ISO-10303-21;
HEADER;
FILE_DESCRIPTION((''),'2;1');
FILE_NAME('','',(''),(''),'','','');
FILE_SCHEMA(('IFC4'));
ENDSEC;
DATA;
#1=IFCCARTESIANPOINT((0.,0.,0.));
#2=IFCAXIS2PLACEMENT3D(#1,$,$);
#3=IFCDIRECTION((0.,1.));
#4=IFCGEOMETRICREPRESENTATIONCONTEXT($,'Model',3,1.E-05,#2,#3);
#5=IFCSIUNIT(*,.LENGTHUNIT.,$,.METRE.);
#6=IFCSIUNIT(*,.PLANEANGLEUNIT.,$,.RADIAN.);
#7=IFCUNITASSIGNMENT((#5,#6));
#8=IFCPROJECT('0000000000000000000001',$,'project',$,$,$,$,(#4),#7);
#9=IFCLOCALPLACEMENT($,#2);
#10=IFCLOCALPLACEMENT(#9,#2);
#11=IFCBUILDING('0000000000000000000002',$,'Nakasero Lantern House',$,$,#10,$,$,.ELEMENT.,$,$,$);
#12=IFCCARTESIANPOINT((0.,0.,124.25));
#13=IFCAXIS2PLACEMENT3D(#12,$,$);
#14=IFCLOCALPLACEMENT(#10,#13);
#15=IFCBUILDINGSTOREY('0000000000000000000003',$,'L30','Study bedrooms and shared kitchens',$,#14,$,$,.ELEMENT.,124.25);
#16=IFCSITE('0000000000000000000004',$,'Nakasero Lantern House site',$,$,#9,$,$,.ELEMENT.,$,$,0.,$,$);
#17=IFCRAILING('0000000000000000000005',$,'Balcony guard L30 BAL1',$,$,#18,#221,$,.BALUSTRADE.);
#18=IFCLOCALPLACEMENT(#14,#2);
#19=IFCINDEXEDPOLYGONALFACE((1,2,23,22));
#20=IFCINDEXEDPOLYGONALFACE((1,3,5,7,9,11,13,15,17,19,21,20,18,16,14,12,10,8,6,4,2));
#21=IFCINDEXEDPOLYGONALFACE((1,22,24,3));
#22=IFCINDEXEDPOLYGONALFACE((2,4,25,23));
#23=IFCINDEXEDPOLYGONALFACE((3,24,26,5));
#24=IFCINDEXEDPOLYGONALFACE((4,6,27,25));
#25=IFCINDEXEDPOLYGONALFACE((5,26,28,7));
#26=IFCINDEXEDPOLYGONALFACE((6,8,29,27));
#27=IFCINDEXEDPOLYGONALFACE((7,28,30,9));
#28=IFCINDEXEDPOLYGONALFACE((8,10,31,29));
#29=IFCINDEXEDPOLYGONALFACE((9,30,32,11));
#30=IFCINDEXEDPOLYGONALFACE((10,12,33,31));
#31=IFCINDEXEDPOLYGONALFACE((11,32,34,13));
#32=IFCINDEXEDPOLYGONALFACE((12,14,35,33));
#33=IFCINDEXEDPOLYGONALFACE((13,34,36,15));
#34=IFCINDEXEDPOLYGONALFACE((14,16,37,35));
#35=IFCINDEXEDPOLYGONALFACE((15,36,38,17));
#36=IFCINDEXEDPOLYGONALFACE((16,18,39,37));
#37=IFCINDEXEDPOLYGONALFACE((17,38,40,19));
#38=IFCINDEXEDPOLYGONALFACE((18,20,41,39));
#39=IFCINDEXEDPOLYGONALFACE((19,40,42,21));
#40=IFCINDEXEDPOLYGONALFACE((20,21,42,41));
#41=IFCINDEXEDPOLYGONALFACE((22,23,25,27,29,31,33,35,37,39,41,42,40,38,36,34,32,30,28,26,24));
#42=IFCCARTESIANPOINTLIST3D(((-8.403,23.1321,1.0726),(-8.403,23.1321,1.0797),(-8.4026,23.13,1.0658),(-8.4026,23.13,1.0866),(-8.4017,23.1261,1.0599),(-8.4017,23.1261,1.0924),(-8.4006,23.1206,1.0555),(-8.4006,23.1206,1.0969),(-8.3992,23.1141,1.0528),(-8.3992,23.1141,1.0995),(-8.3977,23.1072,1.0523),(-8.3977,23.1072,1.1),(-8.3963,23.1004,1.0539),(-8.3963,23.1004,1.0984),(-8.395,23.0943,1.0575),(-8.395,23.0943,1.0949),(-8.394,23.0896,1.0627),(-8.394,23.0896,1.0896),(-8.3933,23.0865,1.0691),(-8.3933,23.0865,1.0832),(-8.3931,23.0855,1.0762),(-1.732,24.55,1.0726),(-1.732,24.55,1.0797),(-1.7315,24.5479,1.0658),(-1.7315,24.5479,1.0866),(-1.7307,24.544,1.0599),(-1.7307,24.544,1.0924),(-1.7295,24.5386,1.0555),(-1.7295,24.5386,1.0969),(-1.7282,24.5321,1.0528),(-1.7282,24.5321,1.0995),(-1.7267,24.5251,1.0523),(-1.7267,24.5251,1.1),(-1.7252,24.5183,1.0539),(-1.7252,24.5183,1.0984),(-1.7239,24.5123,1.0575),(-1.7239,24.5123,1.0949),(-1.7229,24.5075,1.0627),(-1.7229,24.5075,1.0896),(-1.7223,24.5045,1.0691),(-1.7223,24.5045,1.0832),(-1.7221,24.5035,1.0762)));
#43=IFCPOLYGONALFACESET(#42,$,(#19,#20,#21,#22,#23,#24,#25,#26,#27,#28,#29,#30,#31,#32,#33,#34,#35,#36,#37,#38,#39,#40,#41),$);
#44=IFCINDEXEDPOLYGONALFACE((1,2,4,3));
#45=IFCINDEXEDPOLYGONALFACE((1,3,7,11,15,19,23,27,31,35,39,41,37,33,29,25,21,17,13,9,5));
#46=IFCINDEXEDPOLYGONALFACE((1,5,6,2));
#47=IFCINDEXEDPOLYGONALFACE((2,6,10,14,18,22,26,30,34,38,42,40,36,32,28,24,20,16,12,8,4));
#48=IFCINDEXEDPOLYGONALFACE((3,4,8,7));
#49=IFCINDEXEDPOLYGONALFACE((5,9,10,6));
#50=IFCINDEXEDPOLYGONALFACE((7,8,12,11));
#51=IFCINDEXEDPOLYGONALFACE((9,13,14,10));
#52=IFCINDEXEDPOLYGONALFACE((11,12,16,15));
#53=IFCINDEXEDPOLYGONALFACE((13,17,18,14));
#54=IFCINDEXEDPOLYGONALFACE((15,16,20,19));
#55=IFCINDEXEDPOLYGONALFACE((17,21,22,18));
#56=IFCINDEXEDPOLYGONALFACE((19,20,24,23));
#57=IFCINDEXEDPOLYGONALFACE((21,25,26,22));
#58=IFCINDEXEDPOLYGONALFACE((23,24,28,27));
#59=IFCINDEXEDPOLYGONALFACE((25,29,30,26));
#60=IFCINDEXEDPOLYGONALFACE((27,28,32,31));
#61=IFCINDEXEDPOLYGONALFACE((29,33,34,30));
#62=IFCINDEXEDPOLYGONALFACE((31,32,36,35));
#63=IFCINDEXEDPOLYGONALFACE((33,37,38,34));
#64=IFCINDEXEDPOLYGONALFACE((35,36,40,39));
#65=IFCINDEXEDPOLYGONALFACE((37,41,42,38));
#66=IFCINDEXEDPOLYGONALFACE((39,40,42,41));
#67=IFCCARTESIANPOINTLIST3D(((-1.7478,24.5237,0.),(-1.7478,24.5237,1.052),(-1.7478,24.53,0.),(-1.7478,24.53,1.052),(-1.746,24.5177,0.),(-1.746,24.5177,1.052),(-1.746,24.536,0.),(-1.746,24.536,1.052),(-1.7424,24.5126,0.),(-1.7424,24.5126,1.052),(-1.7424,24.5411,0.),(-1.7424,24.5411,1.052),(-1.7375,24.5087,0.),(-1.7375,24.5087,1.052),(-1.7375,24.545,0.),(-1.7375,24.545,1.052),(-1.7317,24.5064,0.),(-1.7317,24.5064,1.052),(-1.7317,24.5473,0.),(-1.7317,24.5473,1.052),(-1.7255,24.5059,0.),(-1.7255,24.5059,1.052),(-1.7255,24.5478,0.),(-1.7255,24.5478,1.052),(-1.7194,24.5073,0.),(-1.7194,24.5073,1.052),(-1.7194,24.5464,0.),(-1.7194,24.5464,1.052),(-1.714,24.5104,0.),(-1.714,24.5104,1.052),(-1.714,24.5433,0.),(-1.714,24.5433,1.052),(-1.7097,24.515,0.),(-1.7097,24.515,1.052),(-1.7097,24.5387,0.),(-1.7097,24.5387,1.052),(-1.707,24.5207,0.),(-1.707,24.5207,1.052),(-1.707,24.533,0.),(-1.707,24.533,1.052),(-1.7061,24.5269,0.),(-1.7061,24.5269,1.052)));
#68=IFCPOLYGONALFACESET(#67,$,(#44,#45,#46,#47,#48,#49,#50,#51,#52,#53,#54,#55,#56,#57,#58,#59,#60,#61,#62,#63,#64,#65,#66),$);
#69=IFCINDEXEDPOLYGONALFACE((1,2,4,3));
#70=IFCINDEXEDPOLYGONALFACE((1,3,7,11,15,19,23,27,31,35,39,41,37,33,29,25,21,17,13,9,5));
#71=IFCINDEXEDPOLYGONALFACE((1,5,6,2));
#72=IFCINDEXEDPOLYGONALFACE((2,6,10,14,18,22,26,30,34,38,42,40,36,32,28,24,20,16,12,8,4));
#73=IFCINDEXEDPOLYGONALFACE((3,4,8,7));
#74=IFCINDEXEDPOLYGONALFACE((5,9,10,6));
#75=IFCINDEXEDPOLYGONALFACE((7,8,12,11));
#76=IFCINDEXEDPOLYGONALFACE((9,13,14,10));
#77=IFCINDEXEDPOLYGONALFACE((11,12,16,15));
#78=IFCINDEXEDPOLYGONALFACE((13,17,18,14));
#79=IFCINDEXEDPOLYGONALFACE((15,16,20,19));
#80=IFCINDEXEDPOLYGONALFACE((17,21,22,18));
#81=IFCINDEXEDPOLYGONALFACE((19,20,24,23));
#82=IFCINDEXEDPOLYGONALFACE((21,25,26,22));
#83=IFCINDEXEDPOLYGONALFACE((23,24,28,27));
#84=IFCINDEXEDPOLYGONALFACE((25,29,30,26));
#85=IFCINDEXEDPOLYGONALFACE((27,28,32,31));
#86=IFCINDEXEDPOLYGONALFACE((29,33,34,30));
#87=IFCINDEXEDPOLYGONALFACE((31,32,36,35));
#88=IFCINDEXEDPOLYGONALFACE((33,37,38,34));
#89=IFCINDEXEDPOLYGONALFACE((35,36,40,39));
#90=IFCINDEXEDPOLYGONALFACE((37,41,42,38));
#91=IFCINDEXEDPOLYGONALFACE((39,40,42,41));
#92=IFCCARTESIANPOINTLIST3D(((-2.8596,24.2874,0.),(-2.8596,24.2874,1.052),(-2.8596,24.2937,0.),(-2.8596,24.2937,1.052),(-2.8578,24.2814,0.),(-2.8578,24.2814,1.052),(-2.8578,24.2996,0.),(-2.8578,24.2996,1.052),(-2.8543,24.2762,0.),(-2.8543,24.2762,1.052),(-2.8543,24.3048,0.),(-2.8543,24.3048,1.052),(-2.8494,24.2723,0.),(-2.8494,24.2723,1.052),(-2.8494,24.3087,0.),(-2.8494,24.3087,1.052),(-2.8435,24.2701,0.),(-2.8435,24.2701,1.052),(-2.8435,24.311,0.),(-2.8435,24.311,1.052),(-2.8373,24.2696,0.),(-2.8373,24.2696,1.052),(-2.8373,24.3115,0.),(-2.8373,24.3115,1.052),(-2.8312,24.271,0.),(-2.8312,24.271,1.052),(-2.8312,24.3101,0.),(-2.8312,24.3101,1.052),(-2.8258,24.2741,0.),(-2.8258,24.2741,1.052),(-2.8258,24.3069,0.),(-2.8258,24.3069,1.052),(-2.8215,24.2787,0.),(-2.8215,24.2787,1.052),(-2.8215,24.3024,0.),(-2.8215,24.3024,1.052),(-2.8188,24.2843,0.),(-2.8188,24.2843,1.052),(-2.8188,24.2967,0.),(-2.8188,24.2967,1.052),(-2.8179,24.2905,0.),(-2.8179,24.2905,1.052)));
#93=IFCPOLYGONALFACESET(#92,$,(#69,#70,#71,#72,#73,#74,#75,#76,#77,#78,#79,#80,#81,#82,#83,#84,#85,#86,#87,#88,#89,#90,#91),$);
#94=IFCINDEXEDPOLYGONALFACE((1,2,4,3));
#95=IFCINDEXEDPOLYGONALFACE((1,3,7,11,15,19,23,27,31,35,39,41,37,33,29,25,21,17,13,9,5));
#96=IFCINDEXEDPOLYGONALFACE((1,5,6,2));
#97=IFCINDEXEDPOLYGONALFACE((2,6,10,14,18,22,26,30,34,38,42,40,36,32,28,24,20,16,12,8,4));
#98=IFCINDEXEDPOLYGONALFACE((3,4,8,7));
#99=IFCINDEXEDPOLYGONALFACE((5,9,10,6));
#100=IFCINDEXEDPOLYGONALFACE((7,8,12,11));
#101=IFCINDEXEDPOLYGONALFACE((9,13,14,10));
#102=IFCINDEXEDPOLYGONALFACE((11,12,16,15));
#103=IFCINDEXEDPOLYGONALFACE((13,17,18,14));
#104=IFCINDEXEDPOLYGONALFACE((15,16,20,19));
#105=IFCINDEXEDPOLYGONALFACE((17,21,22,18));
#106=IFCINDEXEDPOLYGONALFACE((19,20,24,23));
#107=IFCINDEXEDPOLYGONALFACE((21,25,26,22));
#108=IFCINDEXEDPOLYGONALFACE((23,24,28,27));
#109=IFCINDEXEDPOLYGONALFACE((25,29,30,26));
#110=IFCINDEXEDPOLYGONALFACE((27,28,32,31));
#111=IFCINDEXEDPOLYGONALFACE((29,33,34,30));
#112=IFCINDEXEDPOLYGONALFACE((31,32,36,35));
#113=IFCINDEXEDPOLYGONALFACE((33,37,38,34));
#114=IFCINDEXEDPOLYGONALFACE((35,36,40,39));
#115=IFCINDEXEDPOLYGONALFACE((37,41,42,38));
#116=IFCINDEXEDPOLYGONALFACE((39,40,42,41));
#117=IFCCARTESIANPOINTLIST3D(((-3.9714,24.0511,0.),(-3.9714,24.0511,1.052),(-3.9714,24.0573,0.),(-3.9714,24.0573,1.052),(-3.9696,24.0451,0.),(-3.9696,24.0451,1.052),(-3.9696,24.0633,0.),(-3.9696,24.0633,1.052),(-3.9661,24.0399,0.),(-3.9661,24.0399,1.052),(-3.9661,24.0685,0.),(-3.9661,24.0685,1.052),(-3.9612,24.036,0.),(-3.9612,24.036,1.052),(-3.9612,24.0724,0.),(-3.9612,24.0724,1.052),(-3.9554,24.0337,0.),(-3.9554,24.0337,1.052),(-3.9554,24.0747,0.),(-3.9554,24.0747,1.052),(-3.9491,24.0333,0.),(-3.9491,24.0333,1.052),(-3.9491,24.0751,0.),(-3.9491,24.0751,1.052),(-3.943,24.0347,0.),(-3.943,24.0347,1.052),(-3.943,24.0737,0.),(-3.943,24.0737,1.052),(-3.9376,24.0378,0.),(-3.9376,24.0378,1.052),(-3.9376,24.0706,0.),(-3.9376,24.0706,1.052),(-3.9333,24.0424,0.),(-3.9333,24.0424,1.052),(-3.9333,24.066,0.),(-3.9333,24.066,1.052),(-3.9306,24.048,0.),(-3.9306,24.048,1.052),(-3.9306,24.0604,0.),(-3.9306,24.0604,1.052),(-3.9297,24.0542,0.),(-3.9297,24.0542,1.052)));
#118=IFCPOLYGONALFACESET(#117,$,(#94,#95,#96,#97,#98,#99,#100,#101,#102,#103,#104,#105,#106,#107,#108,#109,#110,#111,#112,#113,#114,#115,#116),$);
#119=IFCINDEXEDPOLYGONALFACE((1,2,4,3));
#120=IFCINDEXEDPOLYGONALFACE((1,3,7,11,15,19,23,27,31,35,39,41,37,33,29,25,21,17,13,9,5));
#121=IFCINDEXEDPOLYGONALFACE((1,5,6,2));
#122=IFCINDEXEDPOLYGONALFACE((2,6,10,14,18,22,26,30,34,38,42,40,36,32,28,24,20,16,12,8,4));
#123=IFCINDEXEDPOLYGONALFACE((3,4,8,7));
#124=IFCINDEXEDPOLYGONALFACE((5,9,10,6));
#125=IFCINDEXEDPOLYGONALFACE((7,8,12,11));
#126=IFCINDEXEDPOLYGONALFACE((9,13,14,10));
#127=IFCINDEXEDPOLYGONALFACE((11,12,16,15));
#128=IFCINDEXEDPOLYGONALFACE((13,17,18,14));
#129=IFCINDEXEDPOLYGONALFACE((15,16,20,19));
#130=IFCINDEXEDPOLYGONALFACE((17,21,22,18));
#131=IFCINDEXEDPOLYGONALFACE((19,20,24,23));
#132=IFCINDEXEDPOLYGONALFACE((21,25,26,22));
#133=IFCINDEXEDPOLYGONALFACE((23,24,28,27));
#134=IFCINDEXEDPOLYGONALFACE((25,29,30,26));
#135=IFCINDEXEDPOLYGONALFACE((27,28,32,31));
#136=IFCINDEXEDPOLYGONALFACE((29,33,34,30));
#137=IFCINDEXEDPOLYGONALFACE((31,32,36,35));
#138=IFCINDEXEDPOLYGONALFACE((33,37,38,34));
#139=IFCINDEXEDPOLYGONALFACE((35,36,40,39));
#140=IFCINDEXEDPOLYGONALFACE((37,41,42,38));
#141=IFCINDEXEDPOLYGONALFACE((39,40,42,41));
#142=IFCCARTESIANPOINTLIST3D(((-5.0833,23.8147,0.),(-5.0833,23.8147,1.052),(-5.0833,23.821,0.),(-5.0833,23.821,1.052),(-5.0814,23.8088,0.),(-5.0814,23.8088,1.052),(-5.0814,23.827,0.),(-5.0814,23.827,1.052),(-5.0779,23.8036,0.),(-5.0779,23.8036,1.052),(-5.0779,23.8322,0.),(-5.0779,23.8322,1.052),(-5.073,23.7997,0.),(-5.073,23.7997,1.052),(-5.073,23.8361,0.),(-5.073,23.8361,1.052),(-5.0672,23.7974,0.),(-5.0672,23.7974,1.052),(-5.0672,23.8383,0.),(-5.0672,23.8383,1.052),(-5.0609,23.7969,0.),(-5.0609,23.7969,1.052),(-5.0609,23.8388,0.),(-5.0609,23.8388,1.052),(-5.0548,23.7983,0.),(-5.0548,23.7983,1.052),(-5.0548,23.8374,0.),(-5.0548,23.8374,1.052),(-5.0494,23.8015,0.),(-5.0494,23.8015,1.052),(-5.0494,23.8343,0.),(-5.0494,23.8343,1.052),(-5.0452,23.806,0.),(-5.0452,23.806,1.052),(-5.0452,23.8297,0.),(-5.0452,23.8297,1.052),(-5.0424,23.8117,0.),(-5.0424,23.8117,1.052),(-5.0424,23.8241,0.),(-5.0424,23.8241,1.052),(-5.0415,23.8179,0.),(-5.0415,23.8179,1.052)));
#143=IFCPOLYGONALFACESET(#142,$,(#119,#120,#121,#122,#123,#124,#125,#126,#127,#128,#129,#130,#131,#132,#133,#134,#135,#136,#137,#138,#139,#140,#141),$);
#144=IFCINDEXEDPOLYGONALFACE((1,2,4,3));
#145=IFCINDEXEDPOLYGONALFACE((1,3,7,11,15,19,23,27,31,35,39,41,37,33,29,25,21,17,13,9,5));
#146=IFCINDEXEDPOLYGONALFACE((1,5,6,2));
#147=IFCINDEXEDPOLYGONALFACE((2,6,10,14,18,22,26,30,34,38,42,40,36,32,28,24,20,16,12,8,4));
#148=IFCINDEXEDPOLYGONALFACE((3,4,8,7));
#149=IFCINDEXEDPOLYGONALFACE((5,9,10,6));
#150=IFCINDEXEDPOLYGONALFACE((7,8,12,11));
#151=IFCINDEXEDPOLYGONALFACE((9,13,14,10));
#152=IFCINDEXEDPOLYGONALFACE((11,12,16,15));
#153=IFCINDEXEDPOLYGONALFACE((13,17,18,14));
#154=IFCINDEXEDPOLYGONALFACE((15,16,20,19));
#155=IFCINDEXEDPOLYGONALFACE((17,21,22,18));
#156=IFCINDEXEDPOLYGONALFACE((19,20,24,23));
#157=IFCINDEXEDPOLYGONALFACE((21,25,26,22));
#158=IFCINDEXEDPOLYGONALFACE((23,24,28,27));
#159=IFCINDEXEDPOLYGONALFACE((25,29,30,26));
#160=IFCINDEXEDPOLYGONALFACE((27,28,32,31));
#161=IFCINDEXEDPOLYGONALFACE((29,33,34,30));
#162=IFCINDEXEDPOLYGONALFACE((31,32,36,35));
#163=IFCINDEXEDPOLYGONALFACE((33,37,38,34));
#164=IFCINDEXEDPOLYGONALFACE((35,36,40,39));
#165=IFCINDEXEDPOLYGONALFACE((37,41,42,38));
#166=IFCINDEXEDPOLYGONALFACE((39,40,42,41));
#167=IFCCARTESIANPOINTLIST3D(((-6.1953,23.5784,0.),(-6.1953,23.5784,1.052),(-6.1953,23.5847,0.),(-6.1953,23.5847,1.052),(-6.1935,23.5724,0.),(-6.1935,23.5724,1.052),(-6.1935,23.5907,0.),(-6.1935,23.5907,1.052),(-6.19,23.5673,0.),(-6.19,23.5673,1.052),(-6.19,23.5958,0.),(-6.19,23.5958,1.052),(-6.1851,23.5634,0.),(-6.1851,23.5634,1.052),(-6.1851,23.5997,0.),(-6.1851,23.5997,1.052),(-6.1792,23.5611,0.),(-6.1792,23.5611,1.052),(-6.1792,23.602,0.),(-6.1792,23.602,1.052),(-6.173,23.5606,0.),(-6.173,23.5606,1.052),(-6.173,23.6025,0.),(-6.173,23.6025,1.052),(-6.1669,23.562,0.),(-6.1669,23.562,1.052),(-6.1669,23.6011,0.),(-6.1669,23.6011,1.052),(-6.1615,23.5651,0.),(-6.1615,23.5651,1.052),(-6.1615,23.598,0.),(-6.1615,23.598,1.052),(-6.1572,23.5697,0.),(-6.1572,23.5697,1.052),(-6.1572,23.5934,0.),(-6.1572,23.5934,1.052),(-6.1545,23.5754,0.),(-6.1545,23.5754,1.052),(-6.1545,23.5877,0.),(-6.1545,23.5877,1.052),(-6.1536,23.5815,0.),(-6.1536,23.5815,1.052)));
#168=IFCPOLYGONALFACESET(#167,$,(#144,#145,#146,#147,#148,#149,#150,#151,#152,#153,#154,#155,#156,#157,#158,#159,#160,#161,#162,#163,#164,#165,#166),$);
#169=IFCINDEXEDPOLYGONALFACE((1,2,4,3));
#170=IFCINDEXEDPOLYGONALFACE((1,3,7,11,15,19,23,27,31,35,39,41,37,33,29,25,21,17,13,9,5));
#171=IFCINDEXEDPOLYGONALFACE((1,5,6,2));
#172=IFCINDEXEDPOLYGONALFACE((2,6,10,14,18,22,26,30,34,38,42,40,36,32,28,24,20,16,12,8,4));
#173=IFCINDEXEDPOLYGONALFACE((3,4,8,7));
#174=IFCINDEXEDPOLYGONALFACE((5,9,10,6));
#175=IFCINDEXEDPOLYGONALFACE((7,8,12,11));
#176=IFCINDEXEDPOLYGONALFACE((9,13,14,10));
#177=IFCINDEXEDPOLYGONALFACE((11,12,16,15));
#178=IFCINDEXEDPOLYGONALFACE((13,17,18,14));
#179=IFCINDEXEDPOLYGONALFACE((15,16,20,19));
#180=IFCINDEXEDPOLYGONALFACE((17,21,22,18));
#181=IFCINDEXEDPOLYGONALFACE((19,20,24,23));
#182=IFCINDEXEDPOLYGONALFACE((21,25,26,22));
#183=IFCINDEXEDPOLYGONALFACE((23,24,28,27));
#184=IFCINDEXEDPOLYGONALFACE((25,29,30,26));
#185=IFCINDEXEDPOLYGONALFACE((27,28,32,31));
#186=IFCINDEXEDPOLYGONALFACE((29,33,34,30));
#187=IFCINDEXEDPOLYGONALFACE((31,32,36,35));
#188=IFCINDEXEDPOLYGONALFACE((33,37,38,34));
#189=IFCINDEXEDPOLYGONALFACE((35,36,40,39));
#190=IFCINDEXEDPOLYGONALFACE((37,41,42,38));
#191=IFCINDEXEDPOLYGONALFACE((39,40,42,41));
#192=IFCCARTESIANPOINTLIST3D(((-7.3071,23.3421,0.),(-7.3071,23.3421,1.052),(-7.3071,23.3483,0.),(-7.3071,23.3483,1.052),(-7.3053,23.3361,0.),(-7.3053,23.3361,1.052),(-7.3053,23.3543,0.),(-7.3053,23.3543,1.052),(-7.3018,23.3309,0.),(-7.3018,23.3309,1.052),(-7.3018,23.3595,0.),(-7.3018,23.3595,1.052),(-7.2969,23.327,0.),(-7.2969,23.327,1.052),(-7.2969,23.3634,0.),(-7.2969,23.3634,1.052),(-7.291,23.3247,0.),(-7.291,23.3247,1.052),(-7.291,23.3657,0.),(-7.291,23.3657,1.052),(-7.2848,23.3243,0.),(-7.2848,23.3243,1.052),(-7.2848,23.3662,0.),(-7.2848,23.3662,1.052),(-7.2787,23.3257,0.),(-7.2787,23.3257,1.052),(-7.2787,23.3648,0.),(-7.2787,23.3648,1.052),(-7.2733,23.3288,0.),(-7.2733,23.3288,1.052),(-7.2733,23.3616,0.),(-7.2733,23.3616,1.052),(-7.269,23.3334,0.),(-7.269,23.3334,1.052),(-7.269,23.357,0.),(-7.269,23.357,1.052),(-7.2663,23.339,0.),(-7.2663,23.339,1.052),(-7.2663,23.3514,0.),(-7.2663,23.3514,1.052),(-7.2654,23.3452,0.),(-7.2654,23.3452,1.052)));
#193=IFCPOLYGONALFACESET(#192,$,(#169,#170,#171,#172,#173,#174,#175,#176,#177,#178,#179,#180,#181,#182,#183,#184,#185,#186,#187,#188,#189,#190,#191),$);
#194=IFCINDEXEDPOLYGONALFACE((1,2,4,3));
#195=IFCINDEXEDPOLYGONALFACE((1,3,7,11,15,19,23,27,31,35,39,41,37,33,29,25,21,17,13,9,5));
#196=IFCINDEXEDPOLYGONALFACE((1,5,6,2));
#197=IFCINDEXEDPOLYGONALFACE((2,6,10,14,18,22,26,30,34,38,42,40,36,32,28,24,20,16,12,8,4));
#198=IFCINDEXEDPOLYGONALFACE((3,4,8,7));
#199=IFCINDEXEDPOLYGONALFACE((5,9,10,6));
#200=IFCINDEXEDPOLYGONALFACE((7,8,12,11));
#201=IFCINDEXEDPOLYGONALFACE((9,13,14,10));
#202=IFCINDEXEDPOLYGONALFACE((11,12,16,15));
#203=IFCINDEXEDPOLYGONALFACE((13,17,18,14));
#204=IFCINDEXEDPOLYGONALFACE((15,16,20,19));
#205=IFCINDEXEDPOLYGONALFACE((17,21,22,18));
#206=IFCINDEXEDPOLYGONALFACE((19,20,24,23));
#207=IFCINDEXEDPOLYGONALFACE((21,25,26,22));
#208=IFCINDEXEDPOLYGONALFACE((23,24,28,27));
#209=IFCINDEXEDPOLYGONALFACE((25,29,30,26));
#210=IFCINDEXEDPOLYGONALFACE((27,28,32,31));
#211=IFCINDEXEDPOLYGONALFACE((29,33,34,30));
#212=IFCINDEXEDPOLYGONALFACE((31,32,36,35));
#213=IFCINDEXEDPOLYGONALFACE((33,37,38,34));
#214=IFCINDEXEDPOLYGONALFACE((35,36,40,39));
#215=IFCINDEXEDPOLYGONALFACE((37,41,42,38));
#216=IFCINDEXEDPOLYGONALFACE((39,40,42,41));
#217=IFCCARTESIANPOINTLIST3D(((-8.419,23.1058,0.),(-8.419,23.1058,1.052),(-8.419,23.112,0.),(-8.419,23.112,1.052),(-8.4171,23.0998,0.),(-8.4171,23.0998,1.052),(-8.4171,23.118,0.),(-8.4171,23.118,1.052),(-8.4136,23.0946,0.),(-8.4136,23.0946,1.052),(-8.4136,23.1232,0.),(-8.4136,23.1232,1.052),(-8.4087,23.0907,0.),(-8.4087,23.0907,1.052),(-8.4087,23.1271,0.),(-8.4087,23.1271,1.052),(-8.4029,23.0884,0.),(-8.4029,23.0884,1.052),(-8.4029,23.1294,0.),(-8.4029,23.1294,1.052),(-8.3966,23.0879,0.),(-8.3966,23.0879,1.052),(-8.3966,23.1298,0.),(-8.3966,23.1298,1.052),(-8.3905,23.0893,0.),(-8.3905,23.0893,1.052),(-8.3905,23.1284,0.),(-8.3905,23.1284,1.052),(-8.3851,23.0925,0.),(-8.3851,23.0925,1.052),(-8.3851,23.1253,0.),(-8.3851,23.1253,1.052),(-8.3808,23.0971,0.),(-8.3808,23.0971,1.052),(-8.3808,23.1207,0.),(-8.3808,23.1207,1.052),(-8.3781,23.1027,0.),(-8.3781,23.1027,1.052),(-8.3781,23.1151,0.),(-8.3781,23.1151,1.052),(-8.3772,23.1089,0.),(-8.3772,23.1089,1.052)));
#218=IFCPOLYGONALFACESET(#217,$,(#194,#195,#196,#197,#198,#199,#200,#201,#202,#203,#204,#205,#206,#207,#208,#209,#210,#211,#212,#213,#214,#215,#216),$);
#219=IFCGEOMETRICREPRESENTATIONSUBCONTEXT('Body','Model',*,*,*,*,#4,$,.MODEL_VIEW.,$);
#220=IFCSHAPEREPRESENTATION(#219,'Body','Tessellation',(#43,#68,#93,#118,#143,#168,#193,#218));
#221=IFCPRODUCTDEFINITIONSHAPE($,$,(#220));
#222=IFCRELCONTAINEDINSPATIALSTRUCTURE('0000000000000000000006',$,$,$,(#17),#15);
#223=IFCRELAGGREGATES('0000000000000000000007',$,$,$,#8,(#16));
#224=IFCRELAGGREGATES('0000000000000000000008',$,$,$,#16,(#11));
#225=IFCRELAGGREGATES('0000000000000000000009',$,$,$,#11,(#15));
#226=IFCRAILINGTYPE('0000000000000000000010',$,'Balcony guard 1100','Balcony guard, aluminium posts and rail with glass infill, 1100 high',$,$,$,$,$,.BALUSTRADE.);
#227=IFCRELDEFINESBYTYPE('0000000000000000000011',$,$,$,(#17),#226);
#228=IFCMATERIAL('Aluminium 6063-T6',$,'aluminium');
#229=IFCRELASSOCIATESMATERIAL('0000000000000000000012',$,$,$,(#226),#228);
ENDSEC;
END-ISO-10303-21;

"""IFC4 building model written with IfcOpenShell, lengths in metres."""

from ifc_helpers import new_model, si_unit, direction, frame, origin, origin_2d, place, context, subcontext, project, spatial, circle, extrude, material, type_object, element, save


model = new_model("IFC4")

# Units and contexts
model_context = context("Model", 3, precision=1e-05, world=origin(), true_north=direction((0.0, 1.0)))
body_context = subcontext(model_context, "Body", "Model", "MODEL_VIEW")
ifc_project = project(units=[si_unit("LENGTHUNIT", "METRE"), si_unit("PLANEANGLEUNIT", "RADIAN")], contexts=[model_context])

# Site, building, storey
site_placement = place(None, origin())
site = spatial("IfcSite", under=ifc_project, at=site_placement, Name="Nakasero Lantern House site", CompositionType="ELEMENT", RefElevation=0.0)
building_placement = place(site_placement, origin())
building = spatial("IfcBuilding", under=site, at=building_placement, Name="Nakasero Lantern House", CompositionType="ELEMENT")
storey_placement = place(building_placement, frame((0.0, 0.0, 124.25)))
storey = spatial("IfcBuildingStorey", under=building, at=storey_placement, Name="L30", Description="Study bedrooms and shared kitchens", CompositionType="ELEMENT", Elevation=124.25)

# Railing
ifc_material_1 = material(Name="Aluminium 6063-T6", Category="aluminium")
railing_type = type_object("IfcRailingType", Name="Balcony guard 1100", Description="Balcony guard, aluminium posts and rail with glass infill, 1100 high", PredefinedType="BALUSTRADE", material=ifc_material_1)
railing_placement = place(storey_placement, frame((-1.7271, 24.5269, 0.0)))
element("IfcRailing", 1, at=railing_placement, inside=storey, type_object=railing_type, Name="Balcony guard L30 BAL1", PredefinedType="BALUSTRADE", context=body_context, shape_type="SweptSolid", body=[
    extrude(circle(Radius=0.0239, at=origin_2d()), frame((0.0, 0.0, 1.0762), z_axis=(-0.978148, -0.207908, 0.0), x_axis=(0.207908, -0.978148, 0.0)), (0.0, 0.0, 1.0), 6.8201),
    extrude(circle(Radius=0.021, at=origin_2d()), origin(), (0.0, 0.0, 1.0), 1.052),
    extrude(circle(Radius=0.021, at=origin_2d()), frame((-1.1118, -0.2363, 0.0)), (0.0, 0.0, 1.0), 1.052),
    extrude(circle(Radius=0.021, at=origin_2d()), frame((-2.2236, -0.4727, 0.0)), (0.0, 0.0, 1.0), 1.052),
    extrude(circle(Radius=0.021, at=origin_2d()), frame((-3.3354, -0.709, 0.0)), (0.0, 0.0, 1.0), 1.052),
    extrude(circle(Radius=0.021, at=origin_2d()), frame((-4.4475, -0.9453, 0.0)), (0.0, 0.0, 1.0), 1.052),
    extrude(circle(Radius=0.021, at=origin_2d()), frame((-5.5593, -1.1816, 0.0)), (0.0, 0.0, 1.0), 1.052),
    extrude(circle(Radius=0.021, at=origin_2d()), frame((-6.6711, -1.418, 0.0)), (0.0, 0.0, 1.0), 1.052),
])

save(model, "model.ifc")
